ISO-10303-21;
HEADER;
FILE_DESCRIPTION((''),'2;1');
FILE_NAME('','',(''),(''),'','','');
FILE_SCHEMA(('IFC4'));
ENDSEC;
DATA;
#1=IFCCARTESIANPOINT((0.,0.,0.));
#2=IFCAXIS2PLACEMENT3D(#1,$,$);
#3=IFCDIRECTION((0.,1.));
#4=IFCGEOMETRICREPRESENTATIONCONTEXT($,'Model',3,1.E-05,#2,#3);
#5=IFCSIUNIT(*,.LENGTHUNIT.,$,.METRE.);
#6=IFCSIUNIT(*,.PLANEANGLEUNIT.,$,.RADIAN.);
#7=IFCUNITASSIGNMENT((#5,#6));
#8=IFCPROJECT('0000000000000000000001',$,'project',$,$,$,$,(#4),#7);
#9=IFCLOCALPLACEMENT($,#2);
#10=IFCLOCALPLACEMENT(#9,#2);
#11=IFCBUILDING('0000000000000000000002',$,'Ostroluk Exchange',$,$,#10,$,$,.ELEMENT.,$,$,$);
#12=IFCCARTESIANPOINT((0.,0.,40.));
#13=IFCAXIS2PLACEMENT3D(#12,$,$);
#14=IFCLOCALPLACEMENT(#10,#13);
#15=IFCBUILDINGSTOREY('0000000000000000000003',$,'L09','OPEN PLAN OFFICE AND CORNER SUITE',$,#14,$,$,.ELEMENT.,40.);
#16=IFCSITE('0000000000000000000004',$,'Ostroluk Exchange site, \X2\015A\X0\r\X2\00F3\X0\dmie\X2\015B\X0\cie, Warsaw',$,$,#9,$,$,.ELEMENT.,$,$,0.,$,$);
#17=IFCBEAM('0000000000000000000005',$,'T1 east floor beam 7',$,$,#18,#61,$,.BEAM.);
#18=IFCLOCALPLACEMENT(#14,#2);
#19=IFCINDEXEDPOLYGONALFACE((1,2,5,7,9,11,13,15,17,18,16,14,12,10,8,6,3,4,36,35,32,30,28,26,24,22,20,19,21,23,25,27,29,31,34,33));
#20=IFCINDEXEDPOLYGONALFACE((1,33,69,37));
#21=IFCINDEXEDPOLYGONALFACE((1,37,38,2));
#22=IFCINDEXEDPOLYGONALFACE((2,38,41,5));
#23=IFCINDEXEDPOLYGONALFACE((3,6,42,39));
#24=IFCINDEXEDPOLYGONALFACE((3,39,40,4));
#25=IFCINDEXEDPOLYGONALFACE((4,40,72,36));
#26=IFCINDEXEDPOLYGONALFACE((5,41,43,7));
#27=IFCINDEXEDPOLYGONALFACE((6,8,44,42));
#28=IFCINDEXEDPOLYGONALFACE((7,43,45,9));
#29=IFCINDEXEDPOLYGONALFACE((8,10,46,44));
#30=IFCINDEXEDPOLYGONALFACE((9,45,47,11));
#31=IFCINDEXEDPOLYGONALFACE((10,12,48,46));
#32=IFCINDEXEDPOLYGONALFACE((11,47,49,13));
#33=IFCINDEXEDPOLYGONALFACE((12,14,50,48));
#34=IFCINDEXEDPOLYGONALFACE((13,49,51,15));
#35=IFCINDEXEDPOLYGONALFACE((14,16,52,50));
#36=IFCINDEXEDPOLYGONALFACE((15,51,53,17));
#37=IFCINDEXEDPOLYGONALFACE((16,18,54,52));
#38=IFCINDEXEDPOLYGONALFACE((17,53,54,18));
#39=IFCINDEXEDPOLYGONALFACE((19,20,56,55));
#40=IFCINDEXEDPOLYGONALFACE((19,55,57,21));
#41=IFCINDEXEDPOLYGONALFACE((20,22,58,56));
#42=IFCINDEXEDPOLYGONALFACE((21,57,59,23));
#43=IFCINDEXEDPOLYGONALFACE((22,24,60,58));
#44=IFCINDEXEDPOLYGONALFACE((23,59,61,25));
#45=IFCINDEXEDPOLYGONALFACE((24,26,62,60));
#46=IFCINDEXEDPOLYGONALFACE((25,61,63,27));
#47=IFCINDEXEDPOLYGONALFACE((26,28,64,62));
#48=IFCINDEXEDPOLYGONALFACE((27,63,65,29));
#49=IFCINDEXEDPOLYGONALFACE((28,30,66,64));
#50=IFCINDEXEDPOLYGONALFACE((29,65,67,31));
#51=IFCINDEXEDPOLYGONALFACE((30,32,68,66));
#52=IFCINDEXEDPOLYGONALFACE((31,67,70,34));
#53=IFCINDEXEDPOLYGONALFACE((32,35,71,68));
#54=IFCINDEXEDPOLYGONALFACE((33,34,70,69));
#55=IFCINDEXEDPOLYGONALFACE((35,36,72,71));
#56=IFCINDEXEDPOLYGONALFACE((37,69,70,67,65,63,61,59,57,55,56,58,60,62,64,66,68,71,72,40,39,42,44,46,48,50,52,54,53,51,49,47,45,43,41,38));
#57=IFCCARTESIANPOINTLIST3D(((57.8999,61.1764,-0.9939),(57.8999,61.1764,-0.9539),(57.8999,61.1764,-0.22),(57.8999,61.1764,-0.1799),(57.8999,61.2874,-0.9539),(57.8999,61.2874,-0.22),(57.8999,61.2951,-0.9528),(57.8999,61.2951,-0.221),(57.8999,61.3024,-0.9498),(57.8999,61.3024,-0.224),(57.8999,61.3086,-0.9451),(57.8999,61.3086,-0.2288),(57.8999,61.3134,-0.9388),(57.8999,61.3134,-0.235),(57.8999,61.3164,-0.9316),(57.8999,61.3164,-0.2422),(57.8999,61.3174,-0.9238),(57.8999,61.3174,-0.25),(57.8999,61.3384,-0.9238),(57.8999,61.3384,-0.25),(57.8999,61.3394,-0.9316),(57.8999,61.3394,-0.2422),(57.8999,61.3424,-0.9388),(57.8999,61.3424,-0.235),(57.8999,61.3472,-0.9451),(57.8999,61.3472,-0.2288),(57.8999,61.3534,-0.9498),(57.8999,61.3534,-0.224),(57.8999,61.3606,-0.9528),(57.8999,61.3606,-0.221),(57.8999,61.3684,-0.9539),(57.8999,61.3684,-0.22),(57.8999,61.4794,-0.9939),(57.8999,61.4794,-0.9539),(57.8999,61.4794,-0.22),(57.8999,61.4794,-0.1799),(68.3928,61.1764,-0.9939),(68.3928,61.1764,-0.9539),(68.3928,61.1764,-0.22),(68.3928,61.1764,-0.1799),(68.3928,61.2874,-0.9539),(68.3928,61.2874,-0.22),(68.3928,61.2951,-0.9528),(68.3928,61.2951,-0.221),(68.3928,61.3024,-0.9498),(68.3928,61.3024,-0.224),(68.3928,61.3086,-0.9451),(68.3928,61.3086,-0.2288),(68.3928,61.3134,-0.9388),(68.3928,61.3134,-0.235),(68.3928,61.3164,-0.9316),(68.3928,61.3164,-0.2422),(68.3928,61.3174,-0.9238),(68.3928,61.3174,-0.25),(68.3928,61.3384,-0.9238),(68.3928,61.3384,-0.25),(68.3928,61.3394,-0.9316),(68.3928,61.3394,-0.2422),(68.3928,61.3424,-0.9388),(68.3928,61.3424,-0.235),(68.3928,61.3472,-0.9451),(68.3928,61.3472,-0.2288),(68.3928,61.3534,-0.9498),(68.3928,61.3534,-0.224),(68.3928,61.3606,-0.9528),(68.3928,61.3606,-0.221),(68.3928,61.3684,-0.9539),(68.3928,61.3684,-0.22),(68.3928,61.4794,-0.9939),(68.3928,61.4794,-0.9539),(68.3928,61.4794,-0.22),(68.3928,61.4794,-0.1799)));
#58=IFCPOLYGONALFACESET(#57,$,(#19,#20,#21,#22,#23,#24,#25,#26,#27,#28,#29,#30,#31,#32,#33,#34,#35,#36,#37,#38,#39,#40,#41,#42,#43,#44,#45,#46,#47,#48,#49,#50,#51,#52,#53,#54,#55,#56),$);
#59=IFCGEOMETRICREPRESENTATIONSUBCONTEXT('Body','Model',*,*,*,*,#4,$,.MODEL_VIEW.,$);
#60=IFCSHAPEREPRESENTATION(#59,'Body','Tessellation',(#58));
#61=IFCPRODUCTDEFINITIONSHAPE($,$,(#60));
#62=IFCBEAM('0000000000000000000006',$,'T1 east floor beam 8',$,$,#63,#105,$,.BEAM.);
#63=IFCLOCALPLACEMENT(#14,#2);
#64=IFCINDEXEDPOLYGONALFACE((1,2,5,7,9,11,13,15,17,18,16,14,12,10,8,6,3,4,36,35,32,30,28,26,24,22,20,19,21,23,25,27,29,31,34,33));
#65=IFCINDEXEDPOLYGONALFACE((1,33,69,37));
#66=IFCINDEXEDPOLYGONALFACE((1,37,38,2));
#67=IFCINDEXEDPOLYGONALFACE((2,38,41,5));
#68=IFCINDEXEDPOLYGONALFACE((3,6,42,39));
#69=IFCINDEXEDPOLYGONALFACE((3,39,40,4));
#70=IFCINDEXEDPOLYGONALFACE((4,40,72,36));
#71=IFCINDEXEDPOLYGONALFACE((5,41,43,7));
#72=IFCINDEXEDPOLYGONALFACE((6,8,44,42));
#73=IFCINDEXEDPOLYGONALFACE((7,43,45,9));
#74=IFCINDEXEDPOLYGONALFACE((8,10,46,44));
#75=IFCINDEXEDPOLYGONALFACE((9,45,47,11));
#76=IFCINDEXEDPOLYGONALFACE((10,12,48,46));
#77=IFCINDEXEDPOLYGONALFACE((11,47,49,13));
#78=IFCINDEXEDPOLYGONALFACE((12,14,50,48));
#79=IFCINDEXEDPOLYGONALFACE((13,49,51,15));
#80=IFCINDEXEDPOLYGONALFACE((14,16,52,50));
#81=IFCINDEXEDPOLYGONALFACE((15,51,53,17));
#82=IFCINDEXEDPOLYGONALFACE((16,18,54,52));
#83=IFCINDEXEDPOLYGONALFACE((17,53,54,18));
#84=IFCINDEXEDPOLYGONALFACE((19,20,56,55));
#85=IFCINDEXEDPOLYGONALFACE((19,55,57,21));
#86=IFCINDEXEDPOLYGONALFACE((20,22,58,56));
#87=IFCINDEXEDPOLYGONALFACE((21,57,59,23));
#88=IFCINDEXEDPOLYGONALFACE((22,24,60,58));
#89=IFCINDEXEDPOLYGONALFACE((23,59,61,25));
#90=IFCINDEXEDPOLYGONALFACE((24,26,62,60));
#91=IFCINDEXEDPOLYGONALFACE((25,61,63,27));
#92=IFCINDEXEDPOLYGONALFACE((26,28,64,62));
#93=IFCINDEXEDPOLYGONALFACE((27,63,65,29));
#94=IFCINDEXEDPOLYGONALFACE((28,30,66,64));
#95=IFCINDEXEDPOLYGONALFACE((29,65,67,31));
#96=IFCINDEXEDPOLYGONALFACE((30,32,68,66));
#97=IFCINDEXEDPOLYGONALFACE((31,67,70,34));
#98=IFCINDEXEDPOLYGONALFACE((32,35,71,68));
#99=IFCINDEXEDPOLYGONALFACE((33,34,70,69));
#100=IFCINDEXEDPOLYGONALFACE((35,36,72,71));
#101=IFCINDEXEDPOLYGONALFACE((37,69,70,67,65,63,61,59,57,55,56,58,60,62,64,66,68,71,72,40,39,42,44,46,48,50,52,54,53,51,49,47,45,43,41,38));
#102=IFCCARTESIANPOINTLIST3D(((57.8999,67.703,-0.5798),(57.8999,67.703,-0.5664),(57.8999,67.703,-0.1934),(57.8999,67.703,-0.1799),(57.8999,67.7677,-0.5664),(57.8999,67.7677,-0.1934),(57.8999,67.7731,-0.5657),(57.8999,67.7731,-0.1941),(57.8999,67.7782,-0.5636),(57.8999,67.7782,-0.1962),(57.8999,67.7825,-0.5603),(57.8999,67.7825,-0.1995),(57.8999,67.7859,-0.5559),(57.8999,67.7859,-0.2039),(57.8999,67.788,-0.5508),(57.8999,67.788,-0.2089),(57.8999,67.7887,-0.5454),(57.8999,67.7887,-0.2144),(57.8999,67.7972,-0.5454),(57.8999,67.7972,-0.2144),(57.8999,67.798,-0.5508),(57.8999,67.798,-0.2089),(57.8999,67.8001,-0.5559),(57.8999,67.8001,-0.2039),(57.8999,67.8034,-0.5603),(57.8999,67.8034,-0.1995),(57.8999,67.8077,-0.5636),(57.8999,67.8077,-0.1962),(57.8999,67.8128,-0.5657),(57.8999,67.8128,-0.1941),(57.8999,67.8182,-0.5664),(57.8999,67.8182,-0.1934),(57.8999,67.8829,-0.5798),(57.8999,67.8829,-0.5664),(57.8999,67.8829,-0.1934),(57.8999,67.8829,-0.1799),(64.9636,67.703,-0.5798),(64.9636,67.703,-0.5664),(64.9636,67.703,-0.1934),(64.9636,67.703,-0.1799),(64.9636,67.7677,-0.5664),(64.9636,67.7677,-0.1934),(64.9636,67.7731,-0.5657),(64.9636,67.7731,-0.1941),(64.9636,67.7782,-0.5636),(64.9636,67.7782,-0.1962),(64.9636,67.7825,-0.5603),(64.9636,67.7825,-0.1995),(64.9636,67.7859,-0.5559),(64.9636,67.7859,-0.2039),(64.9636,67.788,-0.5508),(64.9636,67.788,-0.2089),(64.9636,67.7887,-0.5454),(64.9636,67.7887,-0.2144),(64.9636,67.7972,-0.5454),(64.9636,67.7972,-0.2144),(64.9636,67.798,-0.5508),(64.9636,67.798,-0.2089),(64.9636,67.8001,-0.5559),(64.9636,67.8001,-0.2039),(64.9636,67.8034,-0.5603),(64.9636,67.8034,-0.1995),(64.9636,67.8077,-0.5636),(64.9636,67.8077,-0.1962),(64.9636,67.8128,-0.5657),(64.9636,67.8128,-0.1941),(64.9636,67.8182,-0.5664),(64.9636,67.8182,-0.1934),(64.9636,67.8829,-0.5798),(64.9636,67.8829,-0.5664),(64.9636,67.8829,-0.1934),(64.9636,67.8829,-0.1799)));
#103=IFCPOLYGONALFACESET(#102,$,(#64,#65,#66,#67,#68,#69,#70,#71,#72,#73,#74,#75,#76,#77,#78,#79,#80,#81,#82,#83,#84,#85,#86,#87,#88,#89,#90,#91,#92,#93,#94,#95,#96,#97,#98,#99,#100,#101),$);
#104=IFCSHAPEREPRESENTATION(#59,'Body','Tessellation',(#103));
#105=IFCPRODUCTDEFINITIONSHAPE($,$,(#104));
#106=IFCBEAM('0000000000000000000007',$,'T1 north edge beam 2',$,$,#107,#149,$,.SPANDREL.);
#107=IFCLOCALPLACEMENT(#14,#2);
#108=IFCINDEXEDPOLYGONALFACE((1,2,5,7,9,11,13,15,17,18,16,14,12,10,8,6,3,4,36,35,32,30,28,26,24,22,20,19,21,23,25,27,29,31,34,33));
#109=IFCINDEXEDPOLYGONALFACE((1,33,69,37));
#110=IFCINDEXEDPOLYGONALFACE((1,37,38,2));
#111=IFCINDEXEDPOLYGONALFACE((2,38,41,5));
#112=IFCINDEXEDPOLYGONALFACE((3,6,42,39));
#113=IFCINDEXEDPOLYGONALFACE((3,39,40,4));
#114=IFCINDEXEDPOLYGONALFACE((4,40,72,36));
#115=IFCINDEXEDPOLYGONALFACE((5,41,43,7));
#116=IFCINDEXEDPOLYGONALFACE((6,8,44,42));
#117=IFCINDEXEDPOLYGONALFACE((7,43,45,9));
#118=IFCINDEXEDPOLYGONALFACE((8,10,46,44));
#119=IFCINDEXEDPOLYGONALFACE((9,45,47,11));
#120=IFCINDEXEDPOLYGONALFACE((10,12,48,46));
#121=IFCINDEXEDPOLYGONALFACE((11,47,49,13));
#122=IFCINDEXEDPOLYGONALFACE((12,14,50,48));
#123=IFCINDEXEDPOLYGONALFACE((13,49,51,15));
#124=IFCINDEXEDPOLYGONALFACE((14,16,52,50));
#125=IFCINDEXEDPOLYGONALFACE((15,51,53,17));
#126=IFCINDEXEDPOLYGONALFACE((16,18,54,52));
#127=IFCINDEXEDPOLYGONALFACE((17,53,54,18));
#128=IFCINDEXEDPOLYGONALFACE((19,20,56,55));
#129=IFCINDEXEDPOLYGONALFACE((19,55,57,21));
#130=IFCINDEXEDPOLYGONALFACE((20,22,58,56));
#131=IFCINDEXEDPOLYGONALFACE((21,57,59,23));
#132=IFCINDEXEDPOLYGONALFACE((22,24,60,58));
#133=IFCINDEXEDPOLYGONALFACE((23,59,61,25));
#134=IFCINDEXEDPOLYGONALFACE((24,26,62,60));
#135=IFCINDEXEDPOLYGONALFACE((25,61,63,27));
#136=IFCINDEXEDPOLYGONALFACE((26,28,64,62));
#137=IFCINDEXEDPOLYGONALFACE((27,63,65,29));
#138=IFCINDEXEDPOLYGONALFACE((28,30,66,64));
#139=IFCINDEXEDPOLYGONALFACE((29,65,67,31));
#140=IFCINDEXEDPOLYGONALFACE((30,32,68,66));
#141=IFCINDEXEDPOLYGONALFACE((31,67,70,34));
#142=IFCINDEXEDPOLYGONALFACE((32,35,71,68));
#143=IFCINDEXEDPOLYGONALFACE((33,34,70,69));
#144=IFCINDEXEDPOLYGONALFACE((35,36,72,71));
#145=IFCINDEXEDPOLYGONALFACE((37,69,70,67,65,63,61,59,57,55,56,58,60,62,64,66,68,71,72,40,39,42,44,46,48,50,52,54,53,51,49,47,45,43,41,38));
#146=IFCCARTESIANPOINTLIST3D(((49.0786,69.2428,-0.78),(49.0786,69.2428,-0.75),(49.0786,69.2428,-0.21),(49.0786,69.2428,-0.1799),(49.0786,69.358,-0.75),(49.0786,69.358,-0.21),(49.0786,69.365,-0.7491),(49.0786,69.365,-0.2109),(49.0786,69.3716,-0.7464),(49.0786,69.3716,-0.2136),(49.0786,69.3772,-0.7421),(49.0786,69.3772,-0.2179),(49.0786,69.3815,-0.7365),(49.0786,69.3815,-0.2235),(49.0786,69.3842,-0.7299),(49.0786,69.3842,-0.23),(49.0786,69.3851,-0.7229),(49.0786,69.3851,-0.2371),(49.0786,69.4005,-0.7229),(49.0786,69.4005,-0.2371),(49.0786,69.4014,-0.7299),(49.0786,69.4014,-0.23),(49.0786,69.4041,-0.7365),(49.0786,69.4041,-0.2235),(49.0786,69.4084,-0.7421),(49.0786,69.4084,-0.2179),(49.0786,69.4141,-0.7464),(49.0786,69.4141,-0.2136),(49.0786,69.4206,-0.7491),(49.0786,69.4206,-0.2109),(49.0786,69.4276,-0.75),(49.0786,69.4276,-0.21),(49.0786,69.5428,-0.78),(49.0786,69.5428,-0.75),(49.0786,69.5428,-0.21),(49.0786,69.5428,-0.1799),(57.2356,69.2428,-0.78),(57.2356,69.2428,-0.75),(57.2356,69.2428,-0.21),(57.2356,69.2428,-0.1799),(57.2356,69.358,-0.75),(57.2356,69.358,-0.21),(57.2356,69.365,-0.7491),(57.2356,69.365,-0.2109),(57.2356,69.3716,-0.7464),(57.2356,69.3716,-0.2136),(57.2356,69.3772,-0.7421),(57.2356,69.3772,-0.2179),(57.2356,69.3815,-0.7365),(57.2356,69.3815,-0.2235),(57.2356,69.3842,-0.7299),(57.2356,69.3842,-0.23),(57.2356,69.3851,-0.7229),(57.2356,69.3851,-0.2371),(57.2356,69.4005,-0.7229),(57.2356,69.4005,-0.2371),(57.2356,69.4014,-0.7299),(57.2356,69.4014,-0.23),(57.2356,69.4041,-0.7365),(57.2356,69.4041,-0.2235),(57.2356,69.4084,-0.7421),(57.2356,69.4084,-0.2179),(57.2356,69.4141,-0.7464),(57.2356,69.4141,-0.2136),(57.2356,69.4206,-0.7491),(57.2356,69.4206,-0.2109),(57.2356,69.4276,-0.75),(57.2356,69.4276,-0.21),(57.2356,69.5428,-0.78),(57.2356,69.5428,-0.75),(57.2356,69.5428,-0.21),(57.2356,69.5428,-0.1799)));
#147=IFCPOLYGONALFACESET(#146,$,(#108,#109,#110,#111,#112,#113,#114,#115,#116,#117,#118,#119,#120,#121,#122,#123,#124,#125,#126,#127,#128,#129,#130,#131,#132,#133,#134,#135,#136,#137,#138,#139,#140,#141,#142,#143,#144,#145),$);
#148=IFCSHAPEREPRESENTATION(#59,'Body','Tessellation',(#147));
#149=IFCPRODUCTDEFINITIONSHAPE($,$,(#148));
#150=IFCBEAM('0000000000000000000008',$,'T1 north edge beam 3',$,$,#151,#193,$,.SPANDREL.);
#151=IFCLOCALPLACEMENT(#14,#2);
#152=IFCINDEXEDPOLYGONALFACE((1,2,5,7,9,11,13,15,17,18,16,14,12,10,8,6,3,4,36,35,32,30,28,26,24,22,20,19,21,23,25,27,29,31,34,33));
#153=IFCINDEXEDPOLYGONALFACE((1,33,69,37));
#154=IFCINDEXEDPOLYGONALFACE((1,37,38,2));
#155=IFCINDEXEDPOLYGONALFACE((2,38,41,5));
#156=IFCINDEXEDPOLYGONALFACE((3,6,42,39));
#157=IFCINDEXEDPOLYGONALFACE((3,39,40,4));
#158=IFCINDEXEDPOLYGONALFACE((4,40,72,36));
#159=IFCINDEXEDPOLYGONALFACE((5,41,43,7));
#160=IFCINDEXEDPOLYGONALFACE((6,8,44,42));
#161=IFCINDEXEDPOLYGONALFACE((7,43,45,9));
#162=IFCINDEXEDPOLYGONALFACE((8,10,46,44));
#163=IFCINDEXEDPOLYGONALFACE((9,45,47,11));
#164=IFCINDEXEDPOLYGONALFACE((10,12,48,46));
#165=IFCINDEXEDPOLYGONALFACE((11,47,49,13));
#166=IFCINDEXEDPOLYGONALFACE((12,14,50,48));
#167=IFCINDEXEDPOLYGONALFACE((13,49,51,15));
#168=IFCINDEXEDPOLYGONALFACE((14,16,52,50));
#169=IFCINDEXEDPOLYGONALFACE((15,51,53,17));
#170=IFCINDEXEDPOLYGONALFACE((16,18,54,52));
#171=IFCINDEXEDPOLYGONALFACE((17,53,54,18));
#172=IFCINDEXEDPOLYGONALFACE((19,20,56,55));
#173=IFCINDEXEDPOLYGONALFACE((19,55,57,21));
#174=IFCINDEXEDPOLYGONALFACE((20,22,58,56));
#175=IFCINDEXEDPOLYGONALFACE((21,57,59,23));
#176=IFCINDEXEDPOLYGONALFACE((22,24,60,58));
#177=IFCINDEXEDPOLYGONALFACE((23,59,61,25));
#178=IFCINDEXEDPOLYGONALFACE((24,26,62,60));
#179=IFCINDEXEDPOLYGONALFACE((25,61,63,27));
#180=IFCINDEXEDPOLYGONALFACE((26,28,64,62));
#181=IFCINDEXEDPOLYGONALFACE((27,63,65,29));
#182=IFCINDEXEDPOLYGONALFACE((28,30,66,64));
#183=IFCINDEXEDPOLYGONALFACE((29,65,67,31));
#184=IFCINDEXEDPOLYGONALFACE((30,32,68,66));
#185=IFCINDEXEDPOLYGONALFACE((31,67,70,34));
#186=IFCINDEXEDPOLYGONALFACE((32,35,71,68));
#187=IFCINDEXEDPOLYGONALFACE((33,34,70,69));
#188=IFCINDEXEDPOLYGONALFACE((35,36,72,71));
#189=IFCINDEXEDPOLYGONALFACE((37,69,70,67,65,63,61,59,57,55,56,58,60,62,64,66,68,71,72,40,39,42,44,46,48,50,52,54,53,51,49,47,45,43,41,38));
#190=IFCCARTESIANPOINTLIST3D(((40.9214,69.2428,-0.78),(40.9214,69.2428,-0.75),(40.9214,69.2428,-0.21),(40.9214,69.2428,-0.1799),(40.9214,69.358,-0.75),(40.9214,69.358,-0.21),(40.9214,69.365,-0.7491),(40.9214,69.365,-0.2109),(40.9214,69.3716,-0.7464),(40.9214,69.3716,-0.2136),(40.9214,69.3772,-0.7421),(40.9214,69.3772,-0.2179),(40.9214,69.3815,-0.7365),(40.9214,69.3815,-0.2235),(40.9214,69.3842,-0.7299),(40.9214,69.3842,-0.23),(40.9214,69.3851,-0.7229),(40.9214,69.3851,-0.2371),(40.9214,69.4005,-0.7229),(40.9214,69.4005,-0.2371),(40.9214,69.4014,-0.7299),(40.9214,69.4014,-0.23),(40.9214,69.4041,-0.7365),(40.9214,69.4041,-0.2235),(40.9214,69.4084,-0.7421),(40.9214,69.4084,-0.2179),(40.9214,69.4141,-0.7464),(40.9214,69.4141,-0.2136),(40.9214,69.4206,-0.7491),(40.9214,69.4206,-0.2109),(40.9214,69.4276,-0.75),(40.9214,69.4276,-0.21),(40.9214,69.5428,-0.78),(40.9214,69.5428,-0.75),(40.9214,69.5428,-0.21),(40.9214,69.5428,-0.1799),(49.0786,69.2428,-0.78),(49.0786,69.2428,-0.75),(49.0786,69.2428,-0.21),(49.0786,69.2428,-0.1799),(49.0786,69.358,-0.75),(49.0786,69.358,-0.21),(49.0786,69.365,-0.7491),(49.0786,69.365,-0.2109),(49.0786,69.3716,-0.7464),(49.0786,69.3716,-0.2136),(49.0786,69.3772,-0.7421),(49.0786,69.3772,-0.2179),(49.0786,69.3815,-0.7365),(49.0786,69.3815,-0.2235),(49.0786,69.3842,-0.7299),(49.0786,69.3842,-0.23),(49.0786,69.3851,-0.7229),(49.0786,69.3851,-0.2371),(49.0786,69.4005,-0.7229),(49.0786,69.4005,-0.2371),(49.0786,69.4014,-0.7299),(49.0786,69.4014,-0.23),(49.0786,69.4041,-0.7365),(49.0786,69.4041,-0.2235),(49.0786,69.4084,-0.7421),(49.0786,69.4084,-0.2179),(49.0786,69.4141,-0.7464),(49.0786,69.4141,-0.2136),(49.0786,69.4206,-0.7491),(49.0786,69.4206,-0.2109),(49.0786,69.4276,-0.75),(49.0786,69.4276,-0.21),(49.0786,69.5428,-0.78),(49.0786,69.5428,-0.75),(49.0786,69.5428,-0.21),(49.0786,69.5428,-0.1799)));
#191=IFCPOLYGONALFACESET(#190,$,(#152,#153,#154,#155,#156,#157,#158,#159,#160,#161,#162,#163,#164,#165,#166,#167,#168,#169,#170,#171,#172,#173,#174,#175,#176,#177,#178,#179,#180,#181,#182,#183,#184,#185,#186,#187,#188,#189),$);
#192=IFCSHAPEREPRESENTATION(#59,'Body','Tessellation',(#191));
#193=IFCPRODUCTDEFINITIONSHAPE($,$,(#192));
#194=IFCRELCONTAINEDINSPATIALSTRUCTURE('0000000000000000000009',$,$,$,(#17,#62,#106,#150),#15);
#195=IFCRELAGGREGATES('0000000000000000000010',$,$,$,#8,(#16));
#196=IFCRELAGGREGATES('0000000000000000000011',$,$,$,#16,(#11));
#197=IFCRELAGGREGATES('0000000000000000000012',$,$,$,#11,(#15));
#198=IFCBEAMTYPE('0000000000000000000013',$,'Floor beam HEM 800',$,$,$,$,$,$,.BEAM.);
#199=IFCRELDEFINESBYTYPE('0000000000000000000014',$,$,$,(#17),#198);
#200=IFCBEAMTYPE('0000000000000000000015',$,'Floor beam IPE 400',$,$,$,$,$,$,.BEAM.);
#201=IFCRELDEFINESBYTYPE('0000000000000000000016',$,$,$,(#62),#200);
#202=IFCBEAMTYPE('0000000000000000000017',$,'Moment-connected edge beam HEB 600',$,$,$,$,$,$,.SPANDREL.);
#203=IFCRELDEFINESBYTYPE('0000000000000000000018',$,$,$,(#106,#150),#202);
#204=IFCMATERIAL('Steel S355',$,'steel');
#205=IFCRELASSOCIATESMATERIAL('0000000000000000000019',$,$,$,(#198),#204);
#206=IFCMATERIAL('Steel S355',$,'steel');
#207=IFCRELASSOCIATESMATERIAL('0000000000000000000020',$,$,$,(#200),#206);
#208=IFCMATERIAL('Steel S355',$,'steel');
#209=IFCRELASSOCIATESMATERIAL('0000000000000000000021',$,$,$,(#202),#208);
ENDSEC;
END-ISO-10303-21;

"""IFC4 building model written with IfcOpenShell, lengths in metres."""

from ifc_helpers import new_model, si_unit, direction, frame, origin, origin_2d, place, context, subcontext, project, spatial, i_section, extrude, material, material_profile, profile_set, type_object, element, save


model = new_model("IFC4")

# Units and contexts
model_context = context("Model", 3, precision=1e-05, world=origin(), true_north=direction((0.0, 1.0)))
body_context = subcontext(model_context, "Body", "Model", "MODEL_VIEW")
ifc_project = project(units=[si_unit("LENGTHUNIT", "METRE"), si_unit("PLANEANGLEUNIT", "RADIAN")], contexts=[model_context])

# Site, building, storey
site_placement = place(None, origin())
site = spatial("IfcSite", under=ifc_project, at=site_placement, Name="Ostroluk Exchange site, Śródmieście, Warsaw", CompositionType="ELEMENT", RefElevation=0.0)
building_placement = place(site_placement, origin())
building = spatial("IfcBuilding", under=site, at=building_placement, Name="Ostroluk Exchange", CompositionType="ELEMENT")
storey_placement = place(building_placement, frame((0.0, 0.0, 40.0)))
storey = spatial("IfcBuildingStorey", under=building, at=storey_placement, Name="L09", Description="OPEN PLAN OFFICE AND CORNER SUITE", CompositionType="ELEMENT", Elevation=40.0)

# Beams
ifc_material_1 = material(Name="Steel S355", Category="steel")
ifc_material_profile_1 = material_profile(ifc_material_1, i_section(OverallWidth=0.303, OverallDepth=0.814, WebThickness=0.021, FlangeThickness=0.04, FilletRadius=0.03, at=origin_2d()), Name="HEM 800")
ifc_profile_set_1 = profile_set([ifc_material_profile_1], Name="Steel S355")
beam_type_1 = type_object("IfcBeamType", Name="Floor beam HEM 800", PredefinedType="BEAM", material=ifc_profile_set_1)
beam_1_placement = place(storey_placement, frame((57.8999, 61.3279, -0.5869), z_axis=(1.0, 0.0, 0.0), x_axis=(0.0, 1.0, 0.0)))
element("IfcBeam", 1, at=beam_1_placement, inside=storey, type_object=beam_type_1, Name="T1 east floor beam 7", PredefinedType="BEAM", context=body_context, shape_type="SweptSolid", body=[
    extrude(i_section(OverallWidth=0.303, OverallDepth=0.814, WebThickness=0.021, FlangeThickness=0.04, FilletRadius=0.03, at=origin_2d()), origin(), (0.0, 0.0, 1.0), 10.4929),
])
ifc_material_2 = material(Name="Steel S355", Category="steel")
ifc_material_profile_2 = material_profile(ifc_material_2, i_section(OverallWidth=0.1799, OverallDepth=0.3999, WebThickness=0.0085, FlangeThickness=0.0134, FilletRadius=0.021, at=origin_2d()), Name="IPE 400")
ifc_profile_set_2 = profile_set([ifc_material_profile_2], Name="Steel S355")
beam_type_2 = type_object("IfcBeamType", Name="Floor beam IPE 400", PredefinedType="BEAM", material=ifc_profile_set_2)
beam_2_placement = place(storey_placement, frame((57.8999, 67.793, -0.3799), z_axis=(1.0, 0.0, 0.0), x_axis=(0.0, 1.0, 0.0)))
element("IfcBeam", 2, at=beam_2_placement, inside=storey, type_object=beam_type_2, Name="T1 east floor beam 8", PredefinedType="BEAM", context=body_context, shape_type="SweptSolid", body=[
    extrude(i_section(OverallWidth=0.1799, OverallDepth=0.3999, WebThickness=0.0085, FlangeThickness=0.0134, FilletRadius=0.021, at=origin_2d()), origin(), (0.0, 0.0, 1.0), 7.0637),
])
ifc_material_3 = material(Name="Steel S355", Category="steel")
ifc_material_profile_3 = material_profile(ifc_material_3, i_section(OverallWidth=0.3, OverallDepth=0.6001, WebThickness=0.0154, FlangeThickness=0.03, FilletRadius=0.0271, at=origin_2d()), Name="HEB 600")
ifc_profile_set_3 = profile_set([ifc_material_profile_3], Name="Steel S355")
beam_type_3 = type_object("IfcBeamType", Name="Moment-connected edge beam HEB 600", PredefinedType="SPANDREL", material=ifc_profile_set_3)
beam_3_placement = place(storey_placement, frame((57.2356, 69.3928, -0.48), z_axis=(-1.0, 0.0, 0.0), x_axis=(0.0, -1.0, 0.0)))
element("IfcBeam", 3, at=beam_3_placement, inside=storey, type_object=beam_type_3, Name="T1 north edge beam 2", PredefinedType="SPANDREL", context=body_context, shape_type="SweptSolid", body=[
    extrude(i_section(OverallWidth=0.3, OverallDepth=0.6001, WebThickness=0.0154, FlangeThickness=0.03, FilletRadius=0.0271, at=origin_2d()), origin(), (0.0, 0.0, 1.0), 8.157),
])
beam_4_placement = place(storey_placement, frame((49.0786, 69.3928, -0.48), z_axis=(-1.0, 0.0, 0.0), x_axis=(0.0, -1.0, 0.0)))
element("IfcBeam", 4, at=beam_4_placement, inside=storey, type_object=beam_type_3, Name="T1 north edge beam 3", PredefinedType="SPANDREL", context=body_context, shape_type="SweptSolid", body=[
    extrude(i_section(OverallWidth=0.3, OverallDepth=0.6001, WebThickness=0.0154, FlangeThickness=0.03, FilletRadius=0.0271, at=origin_2d()), origin(), (0.0, 0.0, 1.0), 8.1572),
])

save(model, "model.ifc")
